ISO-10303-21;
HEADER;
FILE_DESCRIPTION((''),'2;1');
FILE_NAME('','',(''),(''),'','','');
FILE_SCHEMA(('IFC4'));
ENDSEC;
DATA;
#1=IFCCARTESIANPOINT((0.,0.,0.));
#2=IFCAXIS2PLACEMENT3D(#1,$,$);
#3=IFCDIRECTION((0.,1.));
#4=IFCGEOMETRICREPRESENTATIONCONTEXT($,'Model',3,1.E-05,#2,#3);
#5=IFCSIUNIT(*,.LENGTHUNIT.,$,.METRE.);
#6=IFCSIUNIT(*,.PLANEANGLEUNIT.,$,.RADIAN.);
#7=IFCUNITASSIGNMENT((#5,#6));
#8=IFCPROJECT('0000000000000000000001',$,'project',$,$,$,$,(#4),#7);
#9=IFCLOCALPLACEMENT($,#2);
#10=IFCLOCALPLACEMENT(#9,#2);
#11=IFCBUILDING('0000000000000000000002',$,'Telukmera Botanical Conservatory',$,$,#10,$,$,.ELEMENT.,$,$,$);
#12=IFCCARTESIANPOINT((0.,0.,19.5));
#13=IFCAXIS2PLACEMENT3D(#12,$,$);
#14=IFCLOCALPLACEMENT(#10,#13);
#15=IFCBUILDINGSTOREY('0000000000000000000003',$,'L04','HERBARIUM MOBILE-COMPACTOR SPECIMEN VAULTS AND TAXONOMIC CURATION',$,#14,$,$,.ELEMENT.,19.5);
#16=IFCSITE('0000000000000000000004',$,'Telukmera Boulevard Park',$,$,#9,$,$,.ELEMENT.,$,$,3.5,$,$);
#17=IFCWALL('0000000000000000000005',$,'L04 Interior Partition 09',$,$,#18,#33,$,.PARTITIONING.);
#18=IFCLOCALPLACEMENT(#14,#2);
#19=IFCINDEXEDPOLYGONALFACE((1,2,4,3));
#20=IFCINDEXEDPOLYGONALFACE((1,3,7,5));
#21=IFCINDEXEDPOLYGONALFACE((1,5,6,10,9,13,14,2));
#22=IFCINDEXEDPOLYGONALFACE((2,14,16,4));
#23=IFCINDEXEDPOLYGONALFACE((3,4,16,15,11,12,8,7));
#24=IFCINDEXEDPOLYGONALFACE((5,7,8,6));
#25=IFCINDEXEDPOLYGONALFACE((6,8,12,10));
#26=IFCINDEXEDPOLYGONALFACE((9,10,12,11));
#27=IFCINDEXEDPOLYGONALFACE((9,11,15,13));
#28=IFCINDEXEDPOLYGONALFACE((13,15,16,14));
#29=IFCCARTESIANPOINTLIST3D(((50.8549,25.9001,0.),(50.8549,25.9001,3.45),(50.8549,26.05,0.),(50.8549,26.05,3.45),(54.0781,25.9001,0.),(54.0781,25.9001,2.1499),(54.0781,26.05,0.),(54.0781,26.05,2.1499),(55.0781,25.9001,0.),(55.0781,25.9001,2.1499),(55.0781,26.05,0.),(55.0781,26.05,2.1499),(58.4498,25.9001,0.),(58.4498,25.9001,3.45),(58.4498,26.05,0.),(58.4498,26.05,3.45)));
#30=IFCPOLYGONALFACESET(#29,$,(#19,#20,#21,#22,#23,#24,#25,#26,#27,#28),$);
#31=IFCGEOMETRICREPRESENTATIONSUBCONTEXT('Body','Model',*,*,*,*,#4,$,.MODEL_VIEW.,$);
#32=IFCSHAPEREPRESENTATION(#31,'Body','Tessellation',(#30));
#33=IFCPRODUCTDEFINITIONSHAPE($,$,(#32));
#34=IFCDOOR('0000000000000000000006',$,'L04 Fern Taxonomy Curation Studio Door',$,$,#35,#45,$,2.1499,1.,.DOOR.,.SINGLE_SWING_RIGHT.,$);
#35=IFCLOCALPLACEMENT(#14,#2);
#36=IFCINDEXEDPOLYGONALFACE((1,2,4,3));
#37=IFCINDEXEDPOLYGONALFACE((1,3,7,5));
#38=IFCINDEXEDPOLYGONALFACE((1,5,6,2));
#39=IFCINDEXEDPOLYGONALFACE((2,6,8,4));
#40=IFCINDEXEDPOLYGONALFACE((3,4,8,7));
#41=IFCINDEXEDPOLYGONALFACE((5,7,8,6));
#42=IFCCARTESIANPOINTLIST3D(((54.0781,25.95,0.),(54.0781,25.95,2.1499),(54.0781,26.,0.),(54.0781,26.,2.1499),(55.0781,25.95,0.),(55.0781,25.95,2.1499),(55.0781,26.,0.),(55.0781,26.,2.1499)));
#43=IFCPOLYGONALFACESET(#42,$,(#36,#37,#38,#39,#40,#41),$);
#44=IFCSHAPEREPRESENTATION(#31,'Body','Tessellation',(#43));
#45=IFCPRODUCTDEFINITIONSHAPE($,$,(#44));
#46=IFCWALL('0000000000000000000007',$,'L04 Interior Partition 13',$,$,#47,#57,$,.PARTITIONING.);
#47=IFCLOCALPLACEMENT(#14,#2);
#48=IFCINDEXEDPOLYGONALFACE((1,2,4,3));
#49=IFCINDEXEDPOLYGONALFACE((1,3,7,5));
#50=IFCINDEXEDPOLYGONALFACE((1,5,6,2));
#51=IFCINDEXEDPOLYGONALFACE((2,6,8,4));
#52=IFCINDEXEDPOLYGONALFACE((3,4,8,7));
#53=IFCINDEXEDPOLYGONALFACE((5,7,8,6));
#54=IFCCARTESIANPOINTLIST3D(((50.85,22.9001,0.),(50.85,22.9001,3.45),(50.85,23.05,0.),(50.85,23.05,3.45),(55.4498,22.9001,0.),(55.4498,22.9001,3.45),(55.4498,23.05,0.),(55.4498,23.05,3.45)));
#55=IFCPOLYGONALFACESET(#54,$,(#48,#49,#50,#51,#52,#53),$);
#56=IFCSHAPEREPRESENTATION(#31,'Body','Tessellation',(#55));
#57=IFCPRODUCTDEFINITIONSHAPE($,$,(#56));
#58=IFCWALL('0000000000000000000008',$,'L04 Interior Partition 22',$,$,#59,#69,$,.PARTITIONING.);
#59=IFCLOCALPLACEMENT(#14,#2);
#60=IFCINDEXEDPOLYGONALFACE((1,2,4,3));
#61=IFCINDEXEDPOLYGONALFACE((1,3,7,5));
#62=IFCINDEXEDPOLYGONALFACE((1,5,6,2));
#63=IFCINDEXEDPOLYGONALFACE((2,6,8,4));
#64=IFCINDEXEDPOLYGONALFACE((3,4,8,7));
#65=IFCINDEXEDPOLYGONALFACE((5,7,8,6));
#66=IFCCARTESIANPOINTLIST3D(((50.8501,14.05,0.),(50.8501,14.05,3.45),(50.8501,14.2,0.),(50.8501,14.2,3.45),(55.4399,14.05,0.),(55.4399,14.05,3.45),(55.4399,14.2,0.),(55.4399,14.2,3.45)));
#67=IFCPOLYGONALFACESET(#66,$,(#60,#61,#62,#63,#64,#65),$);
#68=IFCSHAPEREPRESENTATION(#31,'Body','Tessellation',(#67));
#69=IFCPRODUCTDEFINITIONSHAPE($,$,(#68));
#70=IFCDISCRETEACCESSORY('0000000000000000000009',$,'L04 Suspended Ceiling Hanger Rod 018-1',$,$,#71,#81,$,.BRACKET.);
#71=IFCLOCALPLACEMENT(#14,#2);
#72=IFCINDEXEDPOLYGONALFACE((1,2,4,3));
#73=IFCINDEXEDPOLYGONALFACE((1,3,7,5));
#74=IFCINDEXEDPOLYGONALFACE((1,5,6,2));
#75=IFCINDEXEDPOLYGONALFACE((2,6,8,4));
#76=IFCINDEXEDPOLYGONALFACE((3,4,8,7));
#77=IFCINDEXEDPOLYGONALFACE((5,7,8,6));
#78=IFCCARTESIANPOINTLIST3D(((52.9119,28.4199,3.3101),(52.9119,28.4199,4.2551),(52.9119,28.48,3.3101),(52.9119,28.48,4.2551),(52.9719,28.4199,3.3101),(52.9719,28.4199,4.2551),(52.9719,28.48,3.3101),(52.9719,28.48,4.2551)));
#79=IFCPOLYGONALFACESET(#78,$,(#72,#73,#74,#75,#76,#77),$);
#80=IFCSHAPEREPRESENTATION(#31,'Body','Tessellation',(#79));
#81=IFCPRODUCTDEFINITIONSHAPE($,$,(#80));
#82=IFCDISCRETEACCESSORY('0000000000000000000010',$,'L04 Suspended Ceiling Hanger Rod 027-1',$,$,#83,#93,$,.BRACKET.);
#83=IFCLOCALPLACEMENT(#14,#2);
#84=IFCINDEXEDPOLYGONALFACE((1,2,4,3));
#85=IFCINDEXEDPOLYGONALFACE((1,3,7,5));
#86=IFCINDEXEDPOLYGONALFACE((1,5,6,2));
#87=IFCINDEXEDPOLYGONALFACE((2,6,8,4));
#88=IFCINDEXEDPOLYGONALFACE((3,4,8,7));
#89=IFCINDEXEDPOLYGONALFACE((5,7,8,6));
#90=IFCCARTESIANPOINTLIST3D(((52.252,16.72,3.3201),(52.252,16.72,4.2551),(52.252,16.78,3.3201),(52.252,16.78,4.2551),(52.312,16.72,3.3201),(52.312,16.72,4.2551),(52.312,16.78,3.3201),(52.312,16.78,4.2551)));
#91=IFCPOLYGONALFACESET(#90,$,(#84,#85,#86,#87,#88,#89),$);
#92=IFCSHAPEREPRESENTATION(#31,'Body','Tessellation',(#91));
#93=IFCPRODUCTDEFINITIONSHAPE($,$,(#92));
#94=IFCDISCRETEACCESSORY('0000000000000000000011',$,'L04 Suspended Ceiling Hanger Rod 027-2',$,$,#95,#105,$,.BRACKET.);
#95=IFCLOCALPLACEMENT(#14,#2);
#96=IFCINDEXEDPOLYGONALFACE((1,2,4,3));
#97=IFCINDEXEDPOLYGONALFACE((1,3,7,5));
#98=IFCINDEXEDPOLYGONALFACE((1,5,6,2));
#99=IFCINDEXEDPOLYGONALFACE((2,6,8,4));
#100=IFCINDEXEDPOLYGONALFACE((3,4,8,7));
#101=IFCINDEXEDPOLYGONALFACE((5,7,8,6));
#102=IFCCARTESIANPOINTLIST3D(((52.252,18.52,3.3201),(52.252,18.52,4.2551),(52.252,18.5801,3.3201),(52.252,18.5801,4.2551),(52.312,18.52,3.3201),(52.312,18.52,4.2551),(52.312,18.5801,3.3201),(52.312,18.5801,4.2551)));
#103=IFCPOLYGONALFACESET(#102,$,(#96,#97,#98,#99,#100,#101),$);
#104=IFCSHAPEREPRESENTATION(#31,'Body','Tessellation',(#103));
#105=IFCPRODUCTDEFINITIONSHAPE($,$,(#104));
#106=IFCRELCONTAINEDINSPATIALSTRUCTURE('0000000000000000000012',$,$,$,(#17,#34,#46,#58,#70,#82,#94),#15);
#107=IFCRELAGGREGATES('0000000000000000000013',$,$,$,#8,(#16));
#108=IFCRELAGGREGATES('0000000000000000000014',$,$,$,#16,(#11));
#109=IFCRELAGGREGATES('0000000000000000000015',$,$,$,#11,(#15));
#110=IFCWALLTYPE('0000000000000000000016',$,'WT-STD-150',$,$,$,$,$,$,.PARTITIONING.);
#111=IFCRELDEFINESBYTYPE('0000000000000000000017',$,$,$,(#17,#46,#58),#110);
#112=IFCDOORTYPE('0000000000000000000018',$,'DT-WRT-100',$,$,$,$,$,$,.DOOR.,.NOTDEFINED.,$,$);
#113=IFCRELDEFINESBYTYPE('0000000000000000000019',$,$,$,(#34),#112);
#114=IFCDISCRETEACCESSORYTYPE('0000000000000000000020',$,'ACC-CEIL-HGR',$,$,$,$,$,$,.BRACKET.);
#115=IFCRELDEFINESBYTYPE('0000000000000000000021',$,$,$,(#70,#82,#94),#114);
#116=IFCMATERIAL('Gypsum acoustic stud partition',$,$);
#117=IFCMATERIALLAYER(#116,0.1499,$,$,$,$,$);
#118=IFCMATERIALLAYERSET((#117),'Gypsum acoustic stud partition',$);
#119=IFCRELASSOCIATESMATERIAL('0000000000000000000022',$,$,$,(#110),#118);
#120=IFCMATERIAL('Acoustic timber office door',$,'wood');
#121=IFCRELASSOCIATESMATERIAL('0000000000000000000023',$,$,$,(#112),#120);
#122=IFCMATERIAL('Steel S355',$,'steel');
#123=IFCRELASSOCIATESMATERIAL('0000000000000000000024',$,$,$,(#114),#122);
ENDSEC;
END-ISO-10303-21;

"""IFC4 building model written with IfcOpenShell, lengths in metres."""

from ifc_helpers import new_model, si_unit, direction, frame, frame_2d, origin, origin_2d, place, context, subcontext, project, spatial, rectangle, extrude, material, layer, layer_set, type_object, element, fill, save


model = new_model("IFC4")

# Units and contexts
model_context = context("Model", 3, precision=1e-05, world=origin(), true_north=direction((0.0, 1.0)))
body_context = subcontext(model_context, "Body", "Model", "MODEL_VIEW")
ifc_project = project(units=[si_unit("LENGTHUNIT", "METRE"), si_unit("PLANEANGLEUNIT", "RADIAN")], contexts=[model_context])

# Site, building, storey
site_placement = place(None, origin())
site = spatial("IfcSite", under=ifc_project, at=site_placement, Name="Telukmera Boulevard Park", CompositionType="ELEMENT", RefElevation=3.5)
building_placement = place(site_placement, origin())
building = spatial("IfcBuilding", under=site, at=building_placement, Name="Telukmera Botanical Conservatory", CompositionType="ELEMENT")
storey_placement = place(building_placement, frame((0.0, 0.0, 19.5)))
storey = spatial("IfcBuildingStorey", under=building, at=storey_placement, Name="L04", Description="HERBARIUM MOBILE-COMPACTOR SPECIMEN VAULTS AND TAXONOMIC CURATION", CompositionType="ELEMENT", Elevation=19.5)

# Wall, opening, door
ifc_material_1 = material(Name="Gypsum acoustic stud partition")
ifc_layer_1 = layer(ifc_material_1, 0.1499)
ifc_layer_set_1 = layer_set([ifc_layer_1], Name="Gypsum acoustic stud partition")
wall_type_1 = type_object("IfcWallType", Name="WT-STD-150", PredefinedType="PARTITIONING", material=ifc_layer_set_1)
wall_1_placement = place(storey_placement, frame((50.855, 25.9751, 0.0), z_axis=(0.0, 0.0, 1.0), x_axis=(1.0, 0.0, 0.0)))
wall_1 = element("IfcWall", 1, at=wall_1_placement, inside=storey, type_object=wall_type_1, Name="L04 Interior Partition 09", PredefinedType="PARTITIONING", context=body_context, shape_type="SweptSolid", body=[
    extrude(rectangle(XDim=7.595, YDim=0.1499, at=frame_2d((3.7974, 0.0))), origin(), (0.0, 0.0, 1.0), 3.45),
])
opening_placement = place(wall_1_placement, frame((3.2231, 0.0, 0.0)))
opening = element("IfcOpeningElement", 2, at=opening_placement, cuts=wall_1, PredefinedType="OPENING", context=body_context, shape_type="SweptSolid", body=[
    extrude(rectangle(XDim=1.0, YDim=2.1499, at=frame_2d((0.5, 1.075))), frame((0.0, 0.085, 0.0), z_axis=(0.0, -1.0, 0.0), x_axis=(1.0, 0.0, 0.0)), (0.0, 0.0, 1.0), 0.1699),
])
ifc_material_2 = material(Name="Acoustic timber office door", Category="wood")
door_type = type_object("IfcDoorType", Name="DT-WRT-100", OperationType="NOTDEFINED", PredefinedType="DOOR", material=ifc_material_2)
door_placement = place(opening_placement, origin())
door = element("IfcDoor", 3, at=door_placement, inside=storey, type_object=door_type, Name="L04 Fern Taxonomy Curation Studio Door", OperationType="SINGLE_SWING_RIGHT", OverallHeight=2.1499, OverallWidth=1.0, PredefinedType="DOOR", context=body_context, shape_type="SweptSolid", body=[
    extrude(rectangle(XDim=1.0, YDim=2.1499, at=frame_2d((0.5, 1.075))), frame((0.0, 0.0249, 0.0), z_axis=(0.0, -1.0, 0.0), x_axis=(1.0, 0.0, 0.0)), (0.0, 0.0, 1.0), 0.05),
])
fill(opening, door)

# Walls
wall_2_placement = place(storey_placement, frame((50.8501, 22.9751, 0.0), z_axis=(0.0, 0.0, 1.0), x_axis=(1.0, 0.0, 0.0)))
element("IfcWall", 4, at=wall_2_placement, inside=storey, type_object=wall_type_1, Name="L04 Interior Partition 13", PredefinedType="PARTITIONING", context=body_context, shape_type="SweptSolid", body=[
    extrude(rectangle(XDim=4.5999, YDim=0.1499, at=frame_2d((2.2998, 0.0))), origin(), (0.0, 0.0, 1.0), 3.45),
])
wall_3_placement = place(storey_placement, frame((50.8501, 14.125, 0.0), z_axis=(0.0, 0.0, 1.0), x_axis=(1.0, 0.0, 0.0)))
element("IfcWall", 5, at=wall_3_placement, inside=storey, type_object=wall_type_1, Name="L04 Interior Partition 22", PredefinedType="PARTITIONING", context=body_context, shape_type="SweptSolid", body=[
    extrude(rectangle(XDim=4.5898, YDim=0.1499, at=frame_2d((2.2949, 0.0))), origin(), (0.0, 0.0, 1.0), 3.45),
])

# Discrete accessories
ifc_material_3 = material(Name="Steel S355", Category="steel")
discrete_accessory_type = type_object("IfcDiscreteAccessoryType", Name="ACC-CEIL-HGR", PredefinedType="BRACKET", material=ifc_material_3)
discrete_accessory_placement = place(storey_placement, frame((52.9419, 28.45, 3.3101), z_axis=(0.0, 0.0, 1.0), x_axis=(1.0, 0.0, 0.0)))
element("IfcDiscreteAccessory", 6, at=discrete_accessory_placement, inside=storey, type_object=discrete_accessory_type, Name="L04 Suspended Ceiling Hanger Rod 018-1", PredefinedType="BRACKET", context=body_context, shape_type="SweptSolid", body=[
    extrude(rectangle(XDim=0.0601, YDim=0.0601, at=origin_2d()), origin(), (0.0, 0.0, 1.0), 0.9451),
])
for number, where, z_axis, x_axis, name in (
    (7, (52.282, 16.75, 3.3201), (0.0, 0.0, 1.0), (1.0, 0.0, 0.0), "L04 Suspended Ceiling Hanger Rod 027-1"),
    (8, (52.282, 18.55, 3.3201), (0.0, 0.0, 1.0), (1.0, 0.0, 0.0), "L04 Suspended Ceiling Hanger Rod 027-2"),
):
    element("IfcDiscreteAccessory", number, at=place(storey_placement, frame(where, z_axis=z_axis, x_axis=x_axis)), inside=storey, type_object=discrete_accessory_type, Name=name, PredefinedType="BRACKET", context=body_context, shape_type="SweptSolid", body=[
        extrude(rectangle(XDim=0.0601, YDim=0.0601, at=origin_2d()), origin(), (0.0, 0.0, 1.0), 0.9351),
    ])

save(model, "model.ifc")
